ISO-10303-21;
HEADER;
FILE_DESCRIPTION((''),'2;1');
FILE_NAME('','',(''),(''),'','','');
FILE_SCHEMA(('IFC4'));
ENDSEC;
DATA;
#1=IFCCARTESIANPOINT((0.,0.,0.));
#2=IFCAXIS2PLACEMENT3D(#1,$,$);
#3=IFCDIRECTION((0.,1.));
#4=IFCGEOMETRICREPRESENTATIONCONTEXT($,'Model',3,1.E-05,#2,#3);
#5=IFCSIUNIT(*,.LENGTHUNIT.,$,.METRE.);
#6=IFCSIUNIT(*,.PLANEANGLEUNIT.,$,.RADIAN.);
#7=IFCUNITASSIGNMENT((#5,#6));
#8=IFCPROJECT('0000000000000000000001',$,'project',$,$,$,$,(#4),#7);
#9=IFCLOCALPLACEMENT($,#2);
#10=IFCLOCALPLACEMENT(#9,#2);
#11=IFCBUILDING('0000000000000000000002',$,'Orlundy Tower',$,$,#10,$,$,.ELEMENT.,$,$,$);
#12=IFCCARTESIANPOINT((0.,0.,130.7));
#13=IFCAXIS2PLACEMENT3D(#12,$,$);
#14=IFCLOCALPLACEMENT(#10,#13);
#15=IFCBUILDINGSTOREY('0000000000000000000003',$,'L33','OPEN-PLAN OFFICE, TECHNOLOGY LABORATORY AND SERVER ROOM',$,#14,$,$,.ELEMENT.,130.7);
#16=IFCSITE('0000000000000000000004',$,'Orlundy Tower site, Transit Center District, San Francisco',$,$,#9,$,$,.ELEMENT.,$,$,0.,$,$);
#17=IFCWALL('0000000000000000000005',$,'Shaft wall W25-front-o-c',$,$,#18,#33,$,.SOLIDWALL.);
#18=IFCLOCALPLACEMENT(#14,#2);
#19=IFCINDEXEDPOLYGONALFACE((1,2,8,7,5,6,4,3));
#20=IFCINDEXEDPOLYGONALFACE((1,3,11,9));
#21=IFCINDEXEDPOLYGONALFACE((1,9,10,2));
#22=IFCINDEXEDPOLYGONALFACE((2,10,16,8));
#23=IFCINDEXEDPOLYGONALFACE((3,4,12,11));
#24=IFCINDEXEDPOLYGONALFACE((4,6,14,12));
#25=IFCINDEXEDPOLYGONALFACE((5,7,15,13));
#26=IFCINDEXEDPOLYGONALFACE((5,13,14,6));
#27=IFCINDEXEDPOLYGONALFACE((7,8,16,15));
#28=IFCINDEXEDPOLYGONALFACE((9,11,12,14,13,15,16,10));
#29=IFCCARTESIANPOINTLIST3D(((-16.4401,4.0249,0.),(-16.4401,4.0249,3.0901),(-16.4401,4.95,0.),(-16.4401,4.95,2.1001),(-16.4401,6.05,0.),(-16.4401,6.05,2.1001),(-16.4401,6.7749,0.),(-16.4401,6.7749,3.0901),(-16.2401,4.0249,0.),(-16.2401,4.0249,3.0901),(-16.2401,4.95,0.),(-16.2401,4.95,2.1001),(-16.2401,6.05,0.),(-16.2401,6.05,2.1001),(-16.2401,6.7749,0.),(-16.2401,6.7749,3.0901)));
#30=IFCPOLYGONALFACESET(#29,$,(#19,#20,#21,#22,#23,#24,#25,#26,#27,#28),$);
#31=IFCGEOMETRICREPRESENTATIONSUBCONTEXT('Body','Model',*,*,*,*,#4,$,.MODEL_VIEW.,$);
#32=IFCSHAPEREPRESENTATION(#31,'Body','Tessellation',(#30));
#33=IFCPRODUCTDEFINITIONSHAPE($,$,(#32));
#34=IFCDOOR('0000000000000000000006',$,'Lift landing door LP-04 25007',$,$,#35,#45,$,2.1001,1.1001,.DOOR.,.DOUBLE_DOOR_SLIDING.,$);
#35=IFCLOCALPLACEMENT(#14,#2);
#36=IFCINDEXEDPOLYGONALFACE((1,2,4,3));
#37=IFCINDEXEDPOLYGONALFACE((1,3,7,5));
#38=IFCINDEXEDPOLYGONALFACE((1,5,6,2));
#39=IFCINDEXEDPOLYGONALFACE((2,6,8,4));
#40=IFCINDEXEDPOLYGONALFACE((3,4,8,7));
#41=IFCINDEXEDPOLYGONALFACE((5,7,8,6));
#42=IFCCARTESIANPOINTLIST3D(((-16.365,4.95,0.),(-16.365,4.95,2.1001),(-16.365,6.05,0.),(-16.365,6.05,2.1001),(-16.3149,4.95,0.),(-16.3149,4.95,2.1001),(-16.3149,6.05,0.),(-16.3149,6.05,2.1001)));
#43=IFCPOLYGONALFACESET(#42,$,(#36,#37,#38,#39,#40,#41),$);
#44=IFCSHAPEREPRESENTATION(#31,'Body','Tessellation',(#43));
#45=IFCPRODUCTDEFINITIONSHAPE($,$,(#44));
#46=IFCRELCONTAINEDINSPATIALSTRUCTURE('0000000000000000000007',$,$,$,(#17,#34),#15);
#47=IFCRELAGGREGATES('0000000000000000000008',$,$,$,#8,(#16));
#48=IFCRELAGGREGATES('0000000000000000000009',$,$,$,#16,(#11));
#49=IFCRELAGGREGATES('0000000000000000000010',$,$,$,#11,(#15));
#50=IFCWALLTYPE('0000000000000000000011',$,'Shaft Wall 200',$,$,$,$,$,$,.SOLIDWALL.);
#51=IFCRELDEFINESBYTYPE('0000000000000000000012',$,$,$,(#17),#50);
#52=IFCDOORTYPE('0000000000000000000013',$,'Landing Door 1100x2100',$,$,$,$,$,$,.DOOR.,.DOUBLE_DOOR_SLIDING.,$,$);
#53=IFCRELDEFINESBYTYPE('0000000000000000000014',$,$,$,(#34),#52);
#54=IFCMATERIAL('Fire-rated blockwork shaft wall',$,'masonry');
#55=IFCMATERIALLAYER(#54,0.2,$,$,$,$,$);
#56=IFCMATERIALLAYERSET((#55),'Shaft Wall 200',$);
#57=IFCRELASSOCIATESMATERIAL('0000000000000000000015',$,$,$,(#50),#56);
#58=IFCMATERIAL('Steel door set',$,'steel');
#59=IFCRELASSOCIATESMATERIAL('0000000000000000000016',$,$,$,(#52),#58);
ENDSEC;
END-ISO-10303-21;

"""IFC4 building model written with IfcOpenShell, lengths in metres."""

from ifc_helpers import new_model, si_unit, direction, frame, frame_2d, origin, place, context, subcontext, project, spatial, rectangle, extrude, material, layer, layer_set, type_object, element, fill, save


model = new_model("IFC4")

# Units and contexts
model_context = context("Model", 3, precision=1e-05, world=origin(), true_north=direction((0.0, 1.0)))
body_context = subcontext(model_context, "Body", "Model", "MODEL_VIEW")
ifc_project = project(units=[si_unit("LENGTHUNIT", "METRE"), si_unit("PLANEANGLEUNIT", "RADIAN")], contexts=[model_context])

# Site, building, storey
site_placement = place(None, origin())
site = spatial("IfcSite", under=ifc_project, at=site_placement, Name="Orlundy Tower site, Transit Center District, San Francisco", CompositionType="ELEMENT", RefElevation=0.0)
building_placement = place(site_placement, origin())
building = spatial("IfcBuilding", under=site, at=building_placement, Name="Orlundy Tower", CompositionType="ELEMENT")
storey_placement = place(building_placement, frame((0.0, 0.0, 130.7)))
storey = spatial("IfcBuildingStorey", under=building, at=storey_placement, Name="L33", Description="OPEN-PLAN OFFICE, TECHNOLOGY LABORATORY AND SERVER ROOM", CompositionType="ELEMENT", Elevation=130.7)

# Wall, opening, door
ifc_material_1 = material(Name="Fire-rated blockwork shaft wall", Category="masonry")
ifc_layer_1 = layer(ifc_material_1, 0.2)
ifc_layer_set_1 = layer_set([ifc_layer_1], Name="Shaft Wall 200")
wall_type_1 = type_object("IfcWallType", Name="Shaft Wall 200", PredefinedType="SOLIDWALL", material=ifc_layer_set_1)
wall_1_placement = place(storey_placement, frame((-16.3401, 4.0249, 0.0), z_axis=(0.0, 0.0, 1.0), x_axis=(0.0, 1.0, 0.0)))
wall_1 = element("IfcWall", 1, at=wall_1_placement, inside=storey, type_object=wall_type_1, Name="Shaft wall W25-front-o-c", PredefinedType="SOLIDWALL", context=body_context, shape_type="SweptSolid", body=[
    extrude(rectangle(XDim=2.75, YDim=0.2, at=frame_2d((1.375, 0.0))), origin(), (0.0, 0.0, 1.0), 3.0901),
])
opening_1_placement = place(wall_1_placement, frame((0.925, 0.0, 0.0)))
opening_1 = element("IfcOpeningElement", 2, at=opening_1_placement, cuts=wall_1, PredefinedType="OPENING", context=body_context, shape_type="SweptSolid", body=[
    extrude(rectangle(XDim=1.1001, YDim=2.1001, at=frame_2d((0.55, 1.05))), frame((0.0, 0.1101, 0.0), z_axis=(0.0, -1.0, 0.0), x_axis=(1.0, 0.0, 0.0)), (0.0, 0.0, 1.0), 0.2202),
])
ifc_material_2 = material(Name="Steel door set", Category="steel")
door_type_1 = type_object("IfcDoorType", Name="Landing Door 1100x2100", OperationType="DOUBLE_DOOR_SLIDING", PredefinedType="DOOR", material=ifc_material_2)
door_1_placement = place(opening_1_placement, origin())
door_1 = element("IfcDoor", 3, at=door_1_placement, inside=storey, type_object=door_type_1, Name="Lift landing door LP-04 25007", OperationType="DOUBLE_DOOR_SLIDING", OverallHeight=2.1001, OverallWidth=1.1001, PredefinedType="DOOR", context=body_context, shape_type="SweptSolid", body=[
    extrude(rectangle(XDim=1.1001, YDim=2.1001, at=frame_2d((0.55, 1.05))), frame((0.0, 0.0249, 0.0), z_axis=(0.0, -1.0, 0.0), x_axis=(1.0, 0.0, 0.0)), (0.0, 0.0, 1.0), 0.05),
])
fill(opening_1, door_1)

save(model, "model.ifc")
